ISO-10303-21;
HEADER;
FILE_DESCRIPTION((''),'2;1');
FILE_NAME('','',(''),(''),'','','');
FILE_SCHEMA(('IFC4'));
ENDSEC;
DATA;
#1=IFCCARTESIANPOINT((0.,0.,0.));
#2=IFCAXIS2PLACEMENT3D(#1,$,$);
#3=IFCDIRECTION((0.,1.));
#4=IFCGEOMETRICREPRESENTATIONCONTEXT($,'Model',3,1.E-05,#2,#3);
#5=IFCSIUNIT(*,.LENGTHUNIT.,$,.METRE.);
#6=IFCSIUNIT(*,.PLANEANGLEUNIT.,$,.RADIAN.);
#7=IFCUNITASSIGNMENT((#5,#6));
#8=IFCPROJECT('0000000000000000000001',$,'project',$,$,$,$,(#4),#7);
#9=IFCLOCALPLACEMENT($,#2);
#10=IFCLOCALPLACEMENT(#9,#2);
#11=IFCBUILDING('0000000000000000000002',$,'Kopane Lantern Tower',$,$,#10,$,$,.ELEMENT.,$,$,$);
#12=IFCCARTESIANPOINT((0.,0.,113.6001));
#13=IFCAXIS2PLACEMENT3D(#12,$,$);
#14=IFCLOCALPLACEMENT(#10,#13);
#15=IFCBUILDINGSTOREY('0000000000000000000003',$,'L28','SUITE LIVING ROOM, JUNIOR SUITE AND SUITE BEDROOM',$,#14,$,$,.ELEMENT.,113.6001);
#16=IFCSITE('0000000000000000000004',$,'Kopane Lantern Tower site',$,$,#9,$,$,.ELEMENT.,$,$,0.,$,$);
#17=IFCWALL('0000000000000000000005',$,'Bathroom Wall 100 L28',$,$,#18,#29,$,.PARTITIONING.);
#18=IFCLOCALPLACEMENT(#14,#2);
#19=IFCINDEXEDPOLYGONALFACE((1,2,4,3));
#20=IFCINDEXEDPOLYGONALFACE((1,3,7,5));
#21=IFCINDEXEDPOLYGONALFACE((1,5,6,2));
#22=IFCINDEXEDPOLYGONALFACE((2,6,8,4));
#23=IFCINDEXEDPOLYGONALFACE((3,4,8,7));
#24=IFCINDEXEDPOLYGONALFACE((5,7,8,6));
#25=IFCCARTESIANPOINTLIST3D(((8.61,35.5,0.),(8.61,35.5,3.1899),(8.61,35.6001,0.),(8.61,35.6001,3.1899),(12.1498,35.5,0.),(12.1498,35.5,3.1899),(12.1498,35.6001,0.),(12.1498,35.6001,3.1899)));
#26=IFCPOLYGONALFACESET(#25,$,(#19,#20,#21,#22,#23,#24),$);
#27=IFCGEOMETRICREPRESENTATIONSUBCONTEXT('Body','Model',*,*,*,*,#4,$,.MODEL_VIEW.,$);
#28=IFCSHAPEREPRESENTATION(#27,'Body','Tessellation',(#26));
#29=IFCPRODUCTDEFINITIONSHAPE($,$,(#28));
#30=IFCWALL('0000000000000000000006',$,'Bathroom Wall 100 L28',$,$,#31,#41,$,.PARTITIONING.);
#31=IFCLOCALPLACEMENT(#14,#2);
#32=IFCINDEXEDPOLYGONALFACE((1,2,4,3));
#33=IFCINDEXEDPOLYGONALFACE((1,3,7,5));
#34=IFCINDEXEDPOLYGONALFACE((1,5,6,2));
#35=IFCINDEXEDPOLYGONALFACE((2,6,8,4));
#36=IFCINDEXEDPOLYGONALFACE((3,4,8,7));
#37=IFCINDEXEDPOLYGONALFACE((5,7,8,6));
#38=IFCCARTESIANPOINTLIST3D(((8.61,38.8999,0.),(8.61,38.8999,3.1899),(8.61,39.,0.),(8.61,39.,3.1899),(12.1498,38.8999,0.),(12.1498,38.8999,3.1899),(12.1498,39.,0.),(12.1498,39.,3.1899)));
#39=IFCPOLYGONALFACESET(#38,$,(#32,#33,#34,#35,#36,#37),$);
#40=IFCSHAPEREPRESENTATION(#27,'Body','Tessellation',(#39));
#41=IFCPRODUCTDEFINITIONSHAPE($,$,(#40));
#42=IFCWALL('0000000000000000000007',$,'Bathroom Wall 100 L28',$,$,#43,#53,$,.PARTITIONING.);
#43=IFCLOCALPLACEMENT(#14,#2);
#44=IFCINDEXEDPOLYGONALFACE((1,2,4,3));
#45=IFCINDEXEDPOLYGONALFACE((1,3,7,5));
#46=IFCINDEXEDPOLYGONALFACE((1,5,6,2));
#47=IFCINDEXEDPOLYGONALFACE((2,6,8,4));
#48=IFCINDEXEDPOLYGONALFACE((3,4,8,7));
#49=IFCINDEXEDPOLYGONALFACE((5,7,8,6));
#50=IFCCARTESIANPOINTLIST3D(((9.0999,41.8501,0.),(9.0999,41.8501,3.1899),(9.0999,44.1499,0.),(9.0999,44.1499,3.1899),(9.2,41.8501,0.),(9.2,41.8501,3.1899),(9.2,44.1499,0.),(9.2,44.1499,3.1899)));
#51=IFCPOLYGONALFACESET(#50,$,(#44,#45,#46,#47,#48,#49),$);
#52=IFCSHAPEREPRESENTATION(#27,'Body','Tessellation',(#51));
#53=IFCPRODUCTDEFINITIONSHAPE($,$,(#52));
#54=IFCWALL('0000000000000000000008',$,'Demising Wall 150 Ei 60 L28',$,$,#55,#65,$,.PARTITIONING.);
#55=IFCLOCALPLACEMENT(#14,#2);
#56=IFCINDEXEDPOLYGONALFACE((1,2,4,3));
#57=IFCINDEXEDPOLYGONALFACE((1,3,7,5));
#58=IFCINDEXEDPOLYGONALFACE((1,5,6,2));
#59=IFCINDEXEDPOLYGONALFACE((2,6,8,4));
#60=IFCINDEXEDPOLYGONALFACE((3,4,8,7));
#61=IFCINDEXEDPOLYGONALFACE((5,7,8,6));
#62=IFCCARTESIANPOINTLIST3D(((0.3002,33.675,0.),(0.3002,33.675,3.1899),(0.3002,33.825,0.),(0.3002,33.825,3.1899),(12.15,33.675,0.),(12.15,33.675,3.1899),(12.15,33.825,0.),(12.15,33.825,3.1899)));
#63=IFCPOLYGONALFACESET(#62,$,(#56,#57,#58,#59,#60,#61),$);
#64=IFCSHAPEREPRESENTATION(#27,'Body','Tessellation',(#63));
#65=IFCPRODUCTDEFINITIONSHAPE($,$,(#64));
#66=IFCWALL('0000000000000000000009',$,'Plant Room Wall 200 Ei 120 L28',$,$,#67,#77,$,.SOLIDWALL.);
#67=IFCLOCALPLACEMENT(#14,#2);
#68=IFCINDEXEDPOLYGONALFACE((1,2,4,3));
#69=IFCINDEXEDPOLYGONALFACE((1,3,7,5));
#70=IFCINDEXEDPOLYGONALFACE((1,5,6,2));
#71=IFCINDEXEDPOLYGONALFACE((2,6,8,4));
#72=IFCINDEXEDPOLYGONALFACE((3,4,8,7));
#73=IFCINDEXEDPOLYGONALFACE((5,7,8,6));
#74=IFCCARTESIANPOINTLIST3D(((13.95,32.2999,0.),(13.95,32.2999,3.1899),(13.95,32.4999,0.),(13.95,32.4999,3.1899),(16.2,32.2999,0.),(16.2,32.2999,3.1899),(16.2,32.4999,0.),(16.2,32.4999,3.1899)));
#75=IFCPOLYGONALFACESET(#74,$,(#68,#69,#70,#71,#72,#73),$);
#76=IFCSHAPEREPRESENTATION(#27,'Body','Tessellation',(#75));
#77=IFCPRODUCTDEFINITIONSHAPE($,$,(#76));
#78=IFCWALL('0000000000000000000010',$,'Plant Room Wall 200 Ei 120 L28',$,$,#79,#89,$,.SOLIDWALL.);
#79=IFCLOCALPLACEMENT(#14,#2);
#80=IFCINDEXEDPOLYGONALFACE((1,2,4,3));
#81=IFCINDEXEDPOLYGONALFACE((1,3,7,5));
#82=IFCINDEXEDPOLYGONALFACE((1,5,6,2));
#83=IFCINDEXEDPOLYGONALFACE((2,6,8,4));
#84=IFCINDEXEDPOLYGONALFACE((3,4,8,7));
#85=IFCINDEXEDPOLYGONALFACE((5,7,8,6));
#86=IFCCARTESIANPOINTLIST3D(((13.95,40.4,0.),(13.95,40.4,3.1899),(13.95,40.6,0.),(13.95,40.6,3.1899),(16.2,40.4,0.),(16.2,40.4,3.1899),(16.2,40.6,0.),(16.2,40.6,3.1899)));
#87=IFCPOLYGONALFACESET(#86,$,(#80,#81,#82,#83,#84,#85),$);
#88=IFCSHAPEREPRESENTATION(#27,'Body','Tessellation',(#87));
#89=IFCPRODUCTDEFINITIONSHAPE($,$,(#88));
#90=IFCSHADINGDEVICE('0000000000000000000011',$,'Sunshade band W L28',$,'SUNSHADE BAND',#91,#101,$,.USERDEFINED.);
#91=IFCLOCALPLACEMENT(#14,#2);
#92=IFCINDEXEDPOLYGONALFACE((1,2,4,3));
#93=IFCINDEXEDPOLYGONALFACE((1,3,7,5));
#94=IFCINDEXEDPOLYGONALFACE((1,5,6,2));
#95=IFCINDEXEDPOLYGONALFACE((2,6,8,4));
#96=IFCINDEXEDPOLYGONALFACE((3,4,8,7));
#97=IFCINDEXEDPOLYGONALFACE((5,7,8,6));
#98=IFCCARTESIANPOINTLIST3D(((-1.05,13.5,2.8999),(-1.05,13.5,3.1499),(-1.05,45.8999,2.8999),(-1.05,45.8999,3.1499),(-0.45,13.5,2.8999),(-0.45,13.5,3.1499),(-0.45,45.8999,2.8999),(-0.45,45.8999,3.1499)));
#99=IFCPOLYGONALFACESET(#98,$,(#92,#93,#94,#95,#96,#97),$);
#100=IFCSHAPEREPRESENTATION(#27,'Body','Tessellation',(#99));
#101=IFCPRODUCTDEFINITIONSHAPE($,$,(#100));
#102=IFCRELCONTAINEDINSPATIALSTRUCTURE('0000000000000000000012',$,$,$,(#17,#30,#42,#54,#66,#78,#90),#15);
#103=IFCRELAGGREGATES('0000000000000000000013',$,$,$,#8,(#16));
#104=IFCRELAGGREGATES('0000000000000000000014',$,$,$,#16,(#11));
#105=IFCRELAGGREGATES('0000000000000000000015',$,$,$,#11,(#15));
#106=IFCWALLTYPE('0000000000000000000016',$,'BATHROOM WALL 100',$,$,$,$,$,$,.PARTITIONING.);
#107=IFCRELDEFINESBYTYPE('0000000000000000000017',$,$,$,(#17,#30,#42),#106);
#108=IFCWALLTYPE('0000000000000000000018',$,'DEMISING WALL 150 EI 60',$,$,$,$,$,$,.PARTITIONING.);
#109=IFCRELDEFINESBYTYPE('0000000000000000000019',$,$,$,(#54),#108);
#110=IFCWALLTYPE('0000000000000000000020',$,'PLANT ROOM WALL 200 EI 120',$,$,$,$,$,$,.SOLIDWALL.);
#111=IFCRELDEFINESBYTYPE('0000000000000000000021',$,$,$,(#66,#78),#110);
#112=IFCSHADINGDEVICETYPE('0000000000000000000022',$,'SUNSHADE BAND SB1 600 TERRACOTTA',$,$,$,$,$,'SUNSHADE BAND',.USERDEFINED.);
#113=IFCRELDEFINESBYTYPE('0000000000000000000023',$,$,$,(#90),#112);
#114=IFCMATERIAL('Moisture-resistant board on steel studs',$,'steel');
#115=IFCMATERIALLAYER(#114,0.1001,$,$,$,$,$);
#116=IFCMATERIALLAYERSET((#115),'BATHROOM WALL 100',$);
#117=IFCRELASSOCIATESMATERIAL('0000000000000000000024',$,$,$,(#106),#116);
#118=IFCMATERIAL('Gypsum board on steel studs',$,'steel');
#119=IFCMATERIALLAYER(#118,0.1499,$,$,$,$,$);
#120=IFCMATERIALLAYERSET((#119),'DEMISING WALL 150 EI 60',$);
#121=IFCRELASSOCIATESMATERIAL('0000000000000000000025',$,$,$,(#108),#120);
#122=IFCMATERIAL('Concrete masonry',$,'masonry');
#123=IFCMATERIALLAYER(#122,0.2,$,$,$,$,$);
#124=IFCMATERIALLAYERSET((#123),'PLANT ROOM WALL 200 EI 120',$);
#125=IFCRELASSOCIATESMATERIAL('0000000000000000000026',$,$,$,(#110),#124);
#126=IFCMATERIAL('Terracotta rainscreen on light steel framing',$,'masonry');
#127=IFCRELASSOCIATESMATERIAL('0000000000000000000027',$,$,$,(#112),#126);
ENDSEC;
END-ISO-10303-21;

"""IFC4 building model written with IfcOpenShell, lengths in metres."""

from ifc_helpers import new_model, si_unit, direction, frame, frame_2d, origin, origin_2d, place, context, subcontext, project, spatial, rectangle, extrude, material, layer, layer_set, type_object, element, save


model = new_model("IFC4")

# Units and contexts
model_context = context("Model", 3, precision=1e-05, world=origin(), true_north=direction((0.0, 1.0)))
body_context = subcontext(model_context, "Body", "Model", "MODEL_VIEW")
ifc_project = project(units=[si_unit("LENGTHUNIT", "METRE"), si_unit("PLANEANGLEUNIT", "RADIAN")], contexts=[model_context])

# Site, building, storey
site_placement = place(None, origin())
site = spatial("IfcSite", under=ifc_project, at=site_placement, Name="Kopane Lantern Tower site", CompositionType="ELEMENT", RefElevation=0.0)
building_placement = place(site_placement, origin())
building = spatial("IfcBuilding", under=site, at=building_placement, Name="Kopane Lantern Tower", CompositionType="ELEMENT")
storey_placement = place(building_placement, frame((0.0, 0.0, 113.6001)))
storey = spatial("IfcBuildingStorey", under=building, at=storey_placement, Name="L28", Description="SUITE LIVING ROOM, JUNIOR SUITE AND SUITE BEDROOM", CompositionType="ELEMENT", Elevation=113.6001)

# Shared definitions
ifc_material_1 = material(Name="Moisture-resistant board on steel studs", Category="steel")
ifc_layer_1 = layer(ifc_material_1, 0.1001)
ifc_layer_set_1 = layer_set([ifc_layer_1], Name="BATHROOM WALL 100")
wall_type_1 = type_object("IfcWallType", Name="BATHROOM WALL 100", PredefinedType="PARTITIONING", material=ifc_layer_set_1)

# Walls
for number, where, z_axis, x_axis, name in (
    (1, (12.1499, 35.55, 0.0), (0.0, 0.0, 1.0), (-1.0, 0.0, 0.0), "Bathroom Wall 100 L28"),
    (2, (12.1499, 38.95, 0.0), (0.0, 0.0, 1.0), (-1.0, 0.0, 0.0), "Bathroom Wall 100 L28"),
):
    element("IfcWall", number, at=place(storey_placement, frame(where, z_axis=z_axis, x_axis=x_axis)), inside=storey, type_object=wall_type_1, Name=name, PredefinedType="PARTITIONING", context=body_context, shape_type="SweptSolid", body=[
        extrude(rectangle(XDim=3.5398, YDim=0.1001, at=frame_2d((1.77, 0.0))), origin(), (0.0, 0.0, 1.0), 3.1899),
    ])
wall_1_placement = place(storey_placement, frame((9.1499, 41.8501, 0.0), z_axis=(0.0, 0.0, 1.0), x_axis=(0.0, 1.0, 0.0)))
element("IfcWall", 3, at=wall_1_placement, inside=storey, type_object=wall_type_1, Name="Bathroom Wall 100 L28", PredefinedType="PARTITIONING", context=body_context, shape_type="SweptSolid", body=[
    extrude(rectangle(XDim=2.2998, YDim=0.1001, at=frame_2d((1.1499, 0.0))), origin(), (0.0, 0.0, 1.0), 3.1899),
])
ifc_material_2 = material(Name="Gypsum board on steel studs", Category="steel")
ifc_layer_2 = layer(ifc_material_2, 0.1499)
ifc_layer_set_2 = layer_set([ifc_layer_2], Name="DEMISING WALL 150 EI 60")
wall_type_2 = type_object("IfcWallType", Name="DEMISING WALL 150 EI 60", PredefinedType="PARTITIONING", material=ifc_layer_set_2)
wall_2_placement = place(storey_placement, frame((12.1499, 33.75, 0.0), z_axis=(0.0, 0.0, 1.0), x_axis=(-1.0, 0.0, 0.0)))
element("IfcWall", 4, at=wall_2_placement, inside=storey, type_object=wall_type_2, Name="Demising Wall 150 Ei 60 L28", PredefinedType="PARTITIONING", context=body_context, shape_type="SweptSolid", body=[
    extrude(rectangle(XDim=11.8499, YDim=0.1499, at=frame_2d((5.9248, 0.0))), origin(), (0.0, 0.0, 1.0), 3.1899),
])
ifc_material_3 = material(Name="Concrete masonry", Category="masonry")
ifc_layer_3 = layer(ifc_material_3, 0.2)
ifc_layer_set_3 = layer_set([ifc_layer_3], Name="PLANT ROOM WALL 200 EI 120")
wall_type_3 = type_object("IfcWallType", Name="PLANT ROOM WALL 200 EI 120", PredefinedType="SOLIDWALL", material=ifc_layer_set_3)
for number, where, z_axis, x_axis, name in (
    (5, (13.95, 32.3999, 0.0), (0.0, 0.0, 1.0), (1.0, 0.0, 0.0), "Plant Room Wall 200 Ei 120 L28"),
    (6, (13.95, 40.5, 0.0), (0.0, 0.0, 1.0), (1.0, 0.0, 0.0), "Plant Room Wall 200 Ei 120 L28"),
):
    element("IfcWall", number, at=place(storey_placement, frame(where, z_axis=z_axis, x_axis=x_axis)), inside=storey, type_object=wall_type_3, Name=name, PredefinedType="SOLIDWALL", context=body_context, shape_type="SweptSolid", body=[
        extrude(rectangle(XDim=2.25, YDim=0.2, at=frame_2d((1.125, 0.0))), origin(), (0.0, 0.0, 1.0), 3.1899),
    ])

# Shading device
ifc_material_4 = material(Name="Terracotta rainscreen on light steel framing", Category="masonry")
shading_device_type = type_object("IfcShadingDeviceType", Name="SUNSHADE BAND SB1 600 TERRACOTTA", ElementType="SUNSHADE BAND", PredefinedType="USERDEFINED", material=ifc_material_4)
shading_device_placement = place(storey_placement, frame((-0.75, 29.7, 2.8999), z_axis=(0.0, 0.0, 1.0), x_axis=(0.0, -1.0, 0.0)))
element("IfcShadingDevice", 7, at=shading_device_placement, inside=storey, type_object=shading_device_type, Name="Sunshade band W L28", ObjectType="SUNSHADE BAND", PredefinedType="USERDEFINED", context=body_context, shape_type="SweptSolid", body=[
    extrude(rectangle(XDim=32.3999, YDim=0.6001, at=origin_2d()), origin(), (0.0, 0.0, 1.0), 0.25),
])

save(model, "model.ifc")
